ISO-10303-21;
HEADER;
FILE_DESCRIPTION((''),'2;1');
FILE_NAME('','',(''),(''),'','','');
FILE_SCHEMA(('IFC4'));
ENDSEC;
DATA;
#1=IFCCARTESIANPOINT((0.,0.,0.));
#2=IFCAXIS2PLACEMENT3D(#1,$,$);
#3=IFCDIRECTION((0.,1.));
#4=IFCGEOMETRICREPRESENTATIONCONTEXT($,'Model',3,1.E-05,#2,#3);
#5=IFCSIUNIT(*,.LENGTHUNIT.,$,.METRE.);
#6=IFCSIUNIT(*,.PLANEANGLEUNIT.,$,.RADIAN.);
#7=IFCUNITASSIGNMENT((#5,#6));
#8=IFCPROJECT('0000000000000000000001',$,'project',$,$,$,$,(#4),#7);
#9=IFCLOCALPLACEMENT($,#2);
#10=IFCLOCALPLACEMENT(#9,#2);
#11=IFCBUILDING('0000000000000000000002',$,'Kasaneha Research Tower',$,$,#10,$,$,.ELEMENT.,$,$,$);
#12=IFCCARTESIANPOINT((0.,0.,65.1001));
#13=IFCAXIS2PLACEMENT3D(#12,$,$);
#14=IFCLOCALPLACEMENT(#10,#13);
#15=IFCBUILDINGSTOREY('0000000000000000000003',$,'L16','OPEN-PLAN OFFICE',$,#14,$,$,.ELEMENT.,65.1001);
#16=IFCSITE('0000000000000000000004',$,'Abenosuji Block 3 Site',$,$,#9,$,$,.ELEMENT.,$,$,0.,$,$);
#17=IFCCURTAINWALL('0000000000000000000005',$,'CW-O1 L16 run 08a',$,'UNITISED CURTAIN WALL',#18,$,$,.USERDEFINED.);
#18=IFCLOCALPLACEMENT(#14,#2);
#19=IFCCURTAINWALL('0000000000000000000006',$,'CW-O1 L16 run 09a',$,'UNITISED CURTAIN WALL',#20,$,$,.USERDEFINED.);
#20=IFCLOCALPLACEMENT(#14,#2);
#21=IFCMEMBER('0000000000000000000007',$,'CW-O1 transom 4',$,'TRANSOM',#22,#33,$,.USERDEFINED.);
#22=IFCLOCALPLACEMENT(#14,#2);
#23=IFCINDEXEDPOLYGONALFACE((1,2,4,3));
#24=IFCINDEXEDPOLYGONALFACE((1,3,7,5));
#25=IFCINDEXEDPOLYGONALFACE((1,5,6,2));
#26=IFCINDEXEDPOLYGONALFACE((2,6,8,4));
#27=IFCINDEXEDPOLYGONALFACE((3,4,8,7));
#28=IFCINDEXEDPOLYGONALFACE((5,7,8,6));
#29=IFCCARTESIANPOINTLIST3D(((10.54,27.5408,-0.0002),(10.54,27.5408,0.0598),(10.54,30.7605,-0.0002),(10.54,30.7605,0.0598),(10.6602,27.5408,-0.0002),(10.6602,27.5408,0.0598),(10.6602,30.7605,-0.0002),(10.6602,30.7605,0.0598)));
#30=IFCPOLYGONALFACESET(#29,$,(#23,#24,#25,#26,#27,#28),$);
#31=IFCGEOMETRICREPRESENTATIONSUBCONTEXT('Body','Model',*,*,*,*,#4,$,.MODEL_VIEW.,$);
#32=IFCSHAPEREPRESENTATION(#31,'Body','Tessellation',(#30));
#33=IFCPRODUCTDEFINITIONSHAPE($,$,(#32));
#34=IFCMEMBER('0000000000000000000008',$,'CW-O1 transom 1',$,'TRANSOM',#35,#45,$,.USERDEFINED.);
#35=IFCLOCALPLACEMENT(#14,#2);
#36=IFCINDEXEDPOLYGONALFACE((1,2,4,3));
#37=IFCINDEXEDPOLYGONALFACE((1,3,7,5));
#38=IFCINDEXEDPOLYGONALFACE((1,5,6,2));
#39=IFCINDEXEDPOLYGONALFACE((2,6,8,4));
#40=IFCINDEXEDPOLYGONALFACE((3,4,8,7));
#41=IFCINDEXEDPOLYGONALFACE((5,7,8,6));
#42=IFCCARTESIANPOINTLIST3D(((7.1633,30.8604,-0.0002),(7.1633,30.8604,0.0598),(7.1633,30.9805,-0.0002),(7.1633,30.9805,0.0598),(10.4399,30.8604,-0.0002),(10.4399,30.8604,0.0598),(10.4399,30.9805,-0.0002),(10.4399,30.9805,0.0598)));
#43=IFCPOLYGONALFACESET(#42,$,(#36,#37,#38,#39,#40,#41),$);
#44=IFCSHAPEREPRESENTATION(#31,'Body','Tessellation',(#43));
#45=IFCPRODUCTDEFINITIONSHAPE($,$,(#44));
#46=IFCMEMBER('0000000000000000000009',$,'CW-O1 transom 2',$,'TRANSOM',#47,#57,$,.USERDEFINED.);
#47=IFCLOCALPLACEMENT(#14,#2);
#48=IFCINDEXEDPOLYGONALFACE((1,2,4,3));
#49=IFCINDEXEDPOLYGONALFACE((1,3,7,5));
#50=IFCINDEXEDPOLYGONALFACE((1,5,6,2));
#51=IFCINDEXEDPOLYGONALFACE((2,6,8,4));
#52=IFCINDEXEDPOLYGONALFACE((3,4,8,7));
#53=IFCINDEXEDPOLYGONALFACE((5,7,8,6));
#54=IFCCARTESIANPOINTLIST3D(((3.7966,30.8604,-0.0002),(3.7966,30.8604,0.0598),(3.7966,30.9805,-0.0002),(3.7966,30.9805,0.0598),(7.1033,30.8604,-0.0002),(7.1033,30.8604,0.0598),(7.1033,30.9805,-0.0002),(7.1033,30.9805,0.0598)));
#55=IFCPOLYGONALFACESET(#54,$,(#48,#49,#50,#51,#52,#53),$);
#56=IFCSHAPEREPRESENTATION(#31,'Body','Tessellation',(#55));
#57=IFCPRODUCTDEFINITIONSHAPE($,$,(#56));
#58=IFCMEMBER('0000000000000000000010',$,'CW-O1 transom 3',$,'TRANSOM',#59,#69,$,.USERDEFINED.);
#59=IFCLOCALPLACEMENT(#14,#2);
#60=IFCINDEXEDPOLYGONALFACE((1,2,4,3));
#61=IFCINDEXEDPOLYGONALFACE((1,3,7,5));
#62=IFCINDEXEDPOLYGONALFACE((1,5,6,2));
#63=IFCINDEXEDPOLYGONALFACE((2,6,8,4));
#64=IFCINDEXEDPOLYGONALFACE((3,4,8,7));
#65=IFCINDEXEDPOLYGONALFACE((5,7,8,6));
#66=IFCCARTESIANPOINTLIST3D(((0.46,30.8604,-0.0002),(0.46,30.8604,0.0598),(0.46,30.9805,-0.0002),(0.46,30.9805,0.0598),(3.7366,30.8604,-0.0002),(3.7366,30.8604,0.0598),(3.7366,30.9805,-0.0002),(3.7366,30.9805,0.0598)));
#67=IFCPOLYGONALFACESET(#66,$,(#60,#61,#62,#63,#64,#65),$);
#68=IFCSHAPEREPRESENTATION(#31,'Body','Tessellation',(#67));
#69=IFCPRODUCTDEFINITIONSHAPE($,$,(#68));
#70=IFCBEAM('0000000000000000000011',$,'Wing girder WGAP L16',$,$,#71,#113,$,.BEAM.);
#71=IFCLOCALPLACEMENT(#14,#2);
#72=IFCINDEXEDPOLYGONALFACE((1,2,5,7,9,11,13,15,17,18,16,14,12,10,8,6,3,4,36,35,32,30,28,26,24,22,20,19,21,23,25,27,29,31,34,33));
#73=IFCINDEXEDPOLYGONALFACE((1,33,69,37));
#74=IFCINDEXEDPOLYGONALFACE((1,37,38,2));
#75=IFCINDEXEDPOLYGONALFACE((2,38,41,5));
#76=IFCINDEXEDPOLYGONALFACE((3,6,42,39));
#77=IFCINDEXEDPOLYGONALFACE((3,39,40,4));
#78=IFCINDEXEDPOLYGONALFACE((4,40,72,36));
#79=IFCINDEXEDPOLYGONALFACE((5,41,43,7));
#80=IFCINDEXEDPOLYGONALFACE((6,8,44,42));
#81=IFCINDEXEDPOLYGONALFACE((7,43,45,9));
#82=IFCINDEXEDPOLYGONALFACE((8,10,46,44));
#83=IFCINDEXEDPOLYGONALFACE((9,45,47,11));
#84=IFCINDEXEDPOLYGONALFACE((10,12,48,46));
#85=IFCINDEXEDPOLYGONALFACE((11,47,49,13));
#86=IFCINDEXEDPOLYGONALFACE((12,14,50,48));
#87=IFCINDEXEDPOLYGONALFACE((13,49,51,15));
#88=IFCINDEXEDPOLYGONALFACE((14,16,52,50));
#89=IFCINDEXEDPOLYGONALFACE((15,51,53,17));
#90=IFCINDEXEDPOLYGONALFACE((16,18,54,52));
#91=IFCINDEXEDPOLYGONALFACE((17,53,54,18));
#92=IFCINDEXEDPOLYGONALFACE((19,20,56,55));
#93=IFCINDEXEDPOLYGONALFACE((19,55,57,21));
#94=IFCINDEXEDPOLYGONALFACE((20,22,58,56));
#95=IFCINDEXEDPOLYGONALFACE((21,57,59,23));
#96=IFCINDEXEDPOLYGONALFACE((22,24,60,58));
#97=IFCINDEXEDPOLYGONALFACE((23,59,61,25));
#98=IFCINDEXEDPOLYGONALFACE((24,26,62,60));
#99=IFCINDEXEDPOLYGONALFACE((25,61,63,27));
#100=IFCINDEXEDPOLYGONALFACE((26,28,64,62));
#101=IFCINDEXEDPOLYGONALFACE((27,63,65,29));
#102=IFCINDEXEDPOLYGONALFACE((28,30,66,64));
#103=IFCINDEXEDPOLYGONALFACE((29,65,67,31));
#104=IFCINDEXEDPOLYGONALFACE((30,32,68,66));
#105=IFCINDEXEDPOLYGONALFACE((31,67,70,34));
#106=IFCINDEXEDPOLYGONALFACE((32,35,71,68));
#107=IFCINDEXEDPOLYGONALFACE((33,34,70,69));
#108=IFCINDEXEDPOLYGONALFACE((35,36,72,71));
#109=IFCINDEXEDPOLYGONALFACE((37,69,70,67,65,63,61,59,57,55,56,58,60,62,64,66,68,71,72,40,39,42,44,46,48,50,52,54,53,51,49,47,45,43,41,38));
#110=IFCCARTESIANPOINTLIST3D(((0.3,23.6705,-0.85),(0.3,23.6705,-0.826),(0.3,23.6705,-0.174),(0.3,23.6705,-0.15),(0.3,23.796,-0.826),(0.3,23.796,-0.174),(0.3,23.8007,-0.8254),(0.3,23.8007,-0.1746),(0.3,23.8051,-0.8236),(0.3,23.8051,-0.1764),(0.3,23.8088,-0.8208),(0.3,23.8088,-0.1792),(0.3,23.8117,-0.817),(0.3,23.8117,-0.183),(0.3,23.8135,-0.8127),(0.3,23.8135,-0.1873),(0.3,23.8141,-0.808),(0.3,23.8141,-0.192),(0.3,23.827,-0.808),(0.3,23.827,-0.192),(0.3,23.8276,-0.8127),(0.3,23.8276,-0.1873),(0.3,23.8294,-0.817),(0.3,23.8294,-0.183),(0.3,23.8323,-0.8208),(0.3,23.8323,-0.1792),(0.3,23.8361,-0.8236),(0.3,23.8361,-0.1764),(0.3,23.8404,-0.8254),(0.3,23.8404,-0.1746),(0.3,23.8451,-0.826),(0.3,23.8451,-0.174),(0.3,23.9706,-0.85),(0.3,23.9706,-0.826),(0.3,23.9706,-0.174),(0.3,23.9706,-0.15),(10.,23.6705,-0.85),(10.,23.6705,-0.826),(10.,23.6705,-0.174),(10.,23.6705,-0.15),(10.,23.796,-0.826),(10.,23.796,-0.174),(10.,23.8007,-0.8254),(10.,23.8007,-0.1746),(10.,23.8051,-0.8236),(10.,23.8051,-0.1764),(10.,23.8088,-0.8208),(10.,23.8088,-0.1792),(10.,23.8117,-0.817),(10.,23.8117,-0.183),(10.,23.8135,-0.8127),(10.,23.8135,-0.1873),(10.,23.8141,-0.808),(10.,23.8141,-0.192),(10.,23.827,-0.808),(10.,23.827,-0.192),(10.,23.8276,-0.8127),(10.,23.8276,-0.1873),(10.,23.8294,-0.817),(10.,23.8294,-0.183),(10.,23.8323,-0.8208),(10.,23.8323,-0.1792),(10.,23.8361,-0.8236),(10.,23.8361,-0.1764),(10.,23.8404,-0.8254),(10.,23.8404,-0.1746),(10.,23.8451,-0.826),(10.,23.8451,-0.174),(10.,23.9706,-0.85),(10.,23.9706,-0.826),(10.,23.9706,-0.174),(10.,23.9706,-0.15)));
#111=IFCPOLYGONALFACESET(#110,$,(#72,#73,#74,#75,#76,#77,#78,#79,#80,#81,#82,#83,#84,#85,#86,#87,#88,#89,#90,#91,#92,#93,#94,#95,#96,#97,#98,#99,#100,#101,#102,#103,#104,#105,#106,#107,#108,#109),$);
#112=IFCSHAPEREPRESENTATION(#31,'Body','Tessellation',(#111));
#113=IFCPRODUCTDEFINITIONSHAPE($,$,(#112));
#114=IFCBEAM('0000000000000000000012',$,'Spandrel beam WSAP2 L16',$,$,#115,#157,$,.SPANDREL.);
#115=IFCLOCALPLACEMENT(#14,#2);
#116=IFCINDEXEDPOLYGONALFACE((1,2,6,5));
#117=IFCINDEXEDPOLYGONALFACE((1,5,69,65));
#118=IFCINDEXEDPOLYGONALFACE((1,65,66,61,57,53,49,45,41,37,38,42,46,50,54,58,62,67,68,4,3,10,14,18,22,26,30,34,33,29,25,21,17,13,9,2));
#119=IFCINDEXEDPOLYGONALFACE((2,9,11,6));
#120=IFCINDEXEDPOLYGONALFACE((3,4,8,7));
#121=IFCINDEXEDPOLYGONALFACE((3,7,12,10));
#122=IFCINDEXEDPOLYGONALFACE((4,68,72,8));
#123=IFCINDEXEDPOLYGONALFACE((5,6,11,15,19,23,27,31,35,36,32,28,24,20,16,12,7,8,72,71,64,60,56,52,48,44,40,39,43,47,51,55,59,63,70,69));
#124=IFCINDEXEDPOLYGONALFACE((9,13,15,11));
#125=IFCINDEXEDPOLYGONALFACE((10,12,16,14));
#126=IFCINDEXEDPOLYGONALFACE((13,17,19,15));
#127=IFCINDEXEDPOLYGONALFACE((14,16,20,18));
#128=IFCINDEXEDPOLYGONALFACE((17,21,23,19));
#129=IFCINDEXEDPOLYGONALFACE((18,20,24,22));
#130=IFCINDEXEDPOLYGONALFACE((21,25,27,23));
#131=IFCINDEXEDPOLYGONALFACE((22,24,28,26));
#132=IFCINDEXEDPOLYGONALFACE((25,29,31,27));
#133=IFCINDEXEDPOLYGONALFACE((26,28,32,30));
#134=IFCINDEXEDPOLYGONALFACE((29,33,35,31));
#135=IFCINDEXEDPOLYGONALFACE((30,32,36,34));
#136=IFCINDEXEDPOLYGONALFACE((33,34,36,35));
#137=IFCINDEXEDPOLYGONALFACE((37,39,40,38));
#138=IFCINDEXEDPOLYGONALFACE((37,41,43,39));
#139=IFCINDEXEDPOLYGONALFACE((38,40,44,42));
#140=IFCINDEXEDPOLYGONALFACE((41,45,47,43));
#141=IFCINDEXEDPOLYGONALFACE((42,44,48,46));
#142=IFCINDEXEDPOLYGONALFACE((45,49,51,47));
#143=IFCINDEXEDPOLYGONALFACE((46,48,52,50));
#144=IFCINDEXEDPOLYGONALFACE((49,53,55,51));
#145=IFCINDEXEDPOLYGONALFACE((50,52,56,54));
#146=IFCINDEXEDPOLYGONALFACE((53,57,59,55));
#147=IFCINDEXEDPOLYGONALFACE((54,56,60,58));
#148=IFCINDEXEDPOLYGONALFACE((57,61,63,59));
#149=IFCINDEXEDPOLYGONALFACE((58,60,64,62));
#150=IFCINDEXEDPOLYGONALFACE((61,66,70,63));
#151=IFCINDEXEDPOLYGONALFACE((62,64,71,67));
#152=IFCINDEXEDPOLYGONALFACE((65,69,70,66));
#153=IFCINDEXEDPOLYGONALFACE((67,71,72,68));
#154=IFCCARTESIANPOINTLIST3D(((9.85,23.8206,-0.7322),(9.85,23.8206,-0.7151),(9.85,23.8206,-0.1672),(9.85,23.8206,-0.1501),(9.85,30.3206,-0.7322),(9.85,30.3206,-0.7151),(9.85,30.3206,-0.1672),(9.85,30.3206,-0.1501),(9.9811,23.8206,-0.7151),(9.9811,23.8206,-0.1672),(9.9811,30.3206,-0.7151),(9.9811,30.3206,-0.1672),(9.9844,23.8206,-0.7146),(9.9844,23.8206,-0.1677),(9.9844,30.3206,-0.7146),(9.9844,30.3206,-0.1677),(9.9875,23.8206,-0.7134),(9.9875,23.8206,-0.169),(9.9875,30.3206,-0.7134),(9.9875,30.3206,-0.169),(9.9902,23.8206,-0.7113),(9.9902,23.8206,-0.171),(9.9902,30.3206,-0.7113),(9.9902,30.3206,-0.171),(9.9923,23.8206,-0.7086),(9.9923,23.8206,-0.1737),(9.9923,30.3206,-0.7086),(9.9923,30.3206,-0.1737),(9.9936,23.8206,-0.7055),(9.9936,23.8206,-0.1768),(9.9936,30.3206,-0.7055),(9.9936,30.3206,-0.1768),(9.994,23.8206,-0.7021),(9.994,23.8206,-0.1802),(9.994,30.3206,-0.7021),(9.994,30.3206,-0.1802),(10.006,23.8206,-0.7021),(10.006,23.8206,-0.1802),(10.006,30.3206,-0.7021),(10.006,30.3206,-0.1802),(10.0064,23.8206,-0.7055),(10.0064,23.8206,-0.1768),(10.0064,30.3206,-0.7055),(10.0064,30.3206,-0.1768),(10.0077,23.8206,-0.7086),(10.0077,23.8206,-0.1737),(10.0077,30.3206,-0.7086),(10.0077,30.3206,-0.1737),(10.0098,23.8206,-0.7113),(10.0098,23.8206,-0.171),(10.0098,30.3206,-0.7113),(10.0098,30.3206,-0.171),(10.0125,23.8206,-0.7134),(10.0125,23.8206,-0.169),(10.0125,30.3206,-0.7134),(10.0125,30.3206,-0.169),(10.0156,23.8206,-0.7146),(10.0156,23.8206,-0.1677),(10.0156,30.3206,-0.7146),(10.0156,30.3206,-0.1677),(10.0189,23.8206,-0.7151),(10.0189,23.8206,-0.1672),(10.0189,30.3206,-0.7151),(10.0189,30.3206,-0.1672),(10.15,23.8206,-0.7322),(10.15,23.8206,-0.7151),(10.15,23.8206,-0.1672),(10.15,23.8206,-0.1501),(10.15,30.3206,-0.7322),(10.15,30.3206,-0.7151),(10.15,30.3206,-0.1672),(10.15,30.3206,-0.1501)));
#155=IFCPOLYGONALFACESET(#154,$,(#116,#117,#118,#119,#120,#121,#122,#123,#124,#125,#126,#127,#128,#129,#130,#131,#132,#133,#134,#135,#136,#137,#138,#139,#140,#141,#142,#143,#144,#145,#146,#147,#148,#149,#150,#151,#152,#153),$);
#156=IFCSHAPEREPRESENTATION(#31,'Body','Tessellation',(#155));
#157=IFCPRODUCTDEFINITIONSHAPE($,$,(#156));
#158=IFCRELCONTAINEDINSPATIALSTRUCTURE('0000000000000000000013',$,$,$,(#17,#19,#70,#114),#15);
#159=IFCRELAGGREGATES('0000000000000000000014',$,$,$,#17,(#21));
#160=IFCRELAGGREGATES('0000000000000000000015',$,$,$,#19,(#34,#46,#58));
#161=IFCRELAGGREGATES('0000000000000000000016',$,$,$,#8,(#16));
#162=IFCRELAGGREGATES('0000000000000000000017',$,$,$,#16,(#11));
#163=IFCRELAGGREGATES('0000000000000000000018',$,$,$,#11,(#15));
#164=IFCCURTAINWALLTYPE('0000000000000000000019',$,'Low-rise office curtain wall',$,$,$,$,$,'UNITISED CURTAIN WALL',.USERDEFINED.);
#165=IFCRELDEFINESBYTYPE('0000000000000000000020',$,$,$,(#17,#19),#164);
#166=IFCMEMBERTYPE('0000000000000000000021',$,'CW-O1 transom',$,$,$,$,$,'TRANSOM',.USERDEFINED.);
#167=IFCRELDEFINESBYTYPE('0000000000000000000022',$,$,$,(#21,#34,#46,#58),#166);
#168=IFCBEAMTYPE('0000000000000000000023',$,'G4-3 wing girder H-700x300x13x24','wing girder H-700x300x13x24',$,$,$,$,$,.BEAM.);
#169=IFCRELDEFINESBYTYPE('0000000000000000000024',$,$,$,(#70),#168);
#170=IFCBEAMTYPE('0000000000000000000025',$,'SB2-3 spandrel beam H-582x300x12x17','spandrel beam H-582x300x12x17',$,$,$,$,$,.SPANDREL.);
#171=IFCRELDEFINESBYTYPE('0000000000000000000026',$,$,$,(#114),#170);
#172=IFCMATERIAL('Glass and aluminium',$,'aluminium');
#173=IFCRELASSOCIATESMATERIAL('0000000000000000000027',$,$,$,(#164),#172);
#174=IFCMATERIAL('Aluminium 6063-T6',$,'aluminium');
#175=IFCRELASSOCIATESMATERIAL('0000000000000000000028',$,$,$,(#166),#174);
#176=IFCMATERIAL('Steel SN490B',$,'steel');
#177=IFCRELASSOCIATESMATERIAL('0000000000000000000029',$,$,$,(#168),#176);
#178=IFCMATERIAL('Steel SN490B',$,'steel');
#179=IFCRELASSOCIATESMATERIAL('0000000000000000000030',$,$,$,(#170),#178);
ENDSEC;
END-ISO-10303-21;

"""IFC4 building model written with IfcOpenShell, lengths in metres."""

from ifc_helpers import new_model, si_unit, direction, frame, origin, origin_2d, place, context, subcontext, project, spatial, rectangle, i_section, extrude, material, material_profile, profile_set, type_object, element, aggregate, save


model = new_model("IFC4")

# Units and contexts
model_context = context("Model", 3, precision=1e-05, world=origin(), true_north=direction((0.0, 1.0)))
body_context = subcontext(model_context, "Body", "Model", "MODEL_VIEW")
ifc_project = project(units=[si_unit("LENGTHUNIT", "METRE"), si_unit("PLANEANGLEUNIT", "RADIAN")], contexts=[model_context])

# Site, building, storey
site_placement = place(None, origin())
site = spatial("IfcSite", under=ifc_project, at=site_placement, Name="Abenosuji Block 3 Site", CompositionType="ELEMENT", RefElevation=0.0)
building_placement = place(site_placement, origin())
building = spatial("IfcBuilding", under=site, at=building_placement, Name="Kasaneha Research Tower", CompositionType="ELEMENT")
storey_placement = place(building_placement, frame((0.0, 0.0, 65.1001)))
storey = spatial("IfcBuildingStorey", under=building, at=storey_placement, Name="L16", Description="OPEN-PLAN OFFICE", CompositionType="ELEMENT", Elevation=65.1001)

# Curtain walls
ifc_material_1 = material(Name="Glass and aluminium", Category="aluminium")
curtain_wall_type = type_object("IfcCurtainWallType", Name="Low-rise office curtain wall", ElementType="UNITISED CURTAIN WALL", PredefinedType="USERDEFINED", material=ifc_material_1)
curtain_wall_1_placement = place(storey_placement, origin())
curtain_wall_1 = element("IfcCurtainWall", 1, at=curtain_wall_1_placement, inside=storey, type_object=curtain_wall_type, Name="CW-O1 L16 run 08a", ObjectType="UNITISED CURTAIN WALL", PredefinedType="USERDEFINED")
curtain_wall_2_placement = place(storey_placement, origin())
curtain_wall_2 = element("IfcCurtainWall", 2, at=curtain_wall_2_placement, inside=storey, type_object=curtain_wall_type, Name="CW-O1 L16 run 09a", ObjectType="UNITISED CURTAIN WALL", PredefinedType="USERDEFINED")

# Members
ifc_material_2 = material(Name="Aluminium 6063-T6", Category="aluminium")
ifc_material_profile_1 = material_profile(ifc_material_2, rectangle(XDim=0.1201, YDim=0.0601, at=origin_2d()), Name="CW-O1 transom 120x60")
ifc_profile_set_1 = profile_set([ifc_material_profile_1], Name="Aluminium 6063-T6")
member_type_1 = type_object("IfcMemberType", Name="CW-O1 transom", ElementType="TRANSOM", PredefinedType="USERDEFINED", material=ifc_profile_set_1)
member_1_placement = place(storey_placement, frame((10.6001, 27.5408, 0.0298), z_axis=(0.0, 1.0, 0.0), x_axis=(-1.0, 0.0, 0.0)))
member_1 = element("IfcMember", 3, at=member_1_placement, type_object=member_type_1, Name="CW-O1 transom 4", ObjectType="TRANSOM", PredefinedType="USERDEFINED", context=body_context, shape_type="SweptSolid", body=[
    extrude(rectangle(XDim=0.1201, YDim=0.0601, at=origin_2d()), origin(), (0.0, 0.0, 1.0), 3.2197),
])
member_2_placement = place(storey_placement, frame((10.4399, 30.9204, 0.0298), z_axis=(-1.0, 0.0, 0.0), x_axis=(0.0, -1.0, 0.0)))
member_2 = element("IfcMember", 4, at=member_2_placement, type_object=member_type_1, Name="CW-O1 transom 1", ObjectType="TRANSOM", PredefinedType="USERDEFINED", context=body_context, shape_type="SweptSolid", body=[
    extrude(rectangle(XDim=0.1201, YDim=0.0601, at=origin_2d()), origin(), (0.0, 0.0, 1.0), 3.2766),
])
member_3_placement = place(storey_placement, frame((7.1033, 30.9204, 0.0298), z_axis=(-1.0, 0.0, 0.0), x_axis=(0.0, -1.0, 0.0)))
member_3 = element("IfcMember", 5, at=member_3_placement, type_object=member_type_1, Name="CW-O1 transom 2", ObjectType="TRANSOM", PredefinedType="USERDEFINED", context=body_context, shape_type="SweptSolid", body=[
    extrude(rectangle(XDim=0.1201, YDim=0.0601, at=origin_2d()), origin(), (0.0, 0.0, 1.0), 3.3066),
])
member_4_placement = place(storey_placement, frame((3.7366, 30.9204, 0.0298), z_axis=(-1.0, 0.0, 0.0), x_axis=(0.0, -1.0, 0.0)))
member_4 = element("IfcMember", 6, at=member_4_placement, type_object=member_type_1, Name="CW-O1 transom 3", ObjectType="TRANSOM", PredefinedType="USERDEFINED", context=body_context, shape_type="SweptSolid", body=[
    extrude(rectangle(XDim=0.1201, YDim=0.0601, at=origin_2d()), origin(), (0.0, 0.0, 1.0), 3.2766),
])

# Beams
ifc_material_3 = material(Name="Steel SN490B", Category="steel")
ifc_material_profile_2 = material_profile(ifc_material_3, i_section(OverallWidth=0.3, OverallDepth=0.7, WebThickness=0.0129, FlangeThickness=0.0239, FilletRadius=0.0181, at=origin_2d()), Name="H-700x300x13x24")
ifc_profile_set_2 = profile_set([ifc_material_profile_2], Name="Steel SN490B")
beam_type_1 = type_object("IfcBeamType", Name="G4-3 wing girder H-700x300x13x24", Description="wing girder H-700x300x13x24", PredefinedType="BEAM", material=ifc_profile_set_2)
beam_1_placement = place(storey_placement, frame((10.0, 23.8206, -0.5), z_axis=(-1.0, 0.0, 0.0), x_axis=(0.0, -1.0, 0.0)))
element("IfcBeam", 7, at=beam_1_placement, inside=storey, type_object=beam_type_1, Name="Wing girder WGAP L16", PredefinedType="BEAM", context=body_context, shape_type="SweptSolid", body=[
    extrude(i_section(OverallWidth=0.3, OverallDepth=0.7, WebThickness=0.0129, FlangeThickness=0.0239, FilletRadius=0.0181, at=origin_2d()), origin(), (0.0, 0.0, 1.0), 9.7),
])
ifc_material_4 = material(Name="Steel SN490B", Category="steel")
ifc_material_profile_3 = material_profile(ifc_material_4, i_section(OverallWidth=0.3, OverallDepth=0.582, WebThickness=0.012, FlangeThickness=0.0171, FilletRadius=0.0129, at=origin_2d()), Name="H-582x300x12x17")
ifc_profile_set_3 = profile_set([ifc_material_profile_3], Name="Steel SN490B")
beam_type_2 = type_object("IfcBeamType", Name="SB2-3 spandrel beam H-582x300x12x17", Description="spandrel beam H-582x300x12x17", PredefinedType="SPANDREL", material=ifc_profile_set_3)
beam_2_placement = place(storey_placement, frame((10.0, 23.8206, -0.4412), z_axis=(0.0, 1.0, 0.0), x_axis=(-1.0, 0.0, 0.0)))
element("IfcBeam", 8, at=beam_2_placement, inside=storey, type_object=beam_type_2, Name="Spandrel beam WSAP2 L16", PredefinedType="SPANDREL", context=body_context, shape_type="SweptSolid", body=[
    extrude(i_section(OverallWidth=0.3, OverallDepth=0.582, WebThickness=0.012, FlangeThickness=0.0171, FilletRadius=0.0129, at=origin_2d()), origin(), (0.0, 0.0, 1.0), 6.5),
])

aggregate(curtain_wall_1, [member_1])
aggregate(curtain_wall_2, [member_2, member_3, member_4])

save(model, "model.ifc")
